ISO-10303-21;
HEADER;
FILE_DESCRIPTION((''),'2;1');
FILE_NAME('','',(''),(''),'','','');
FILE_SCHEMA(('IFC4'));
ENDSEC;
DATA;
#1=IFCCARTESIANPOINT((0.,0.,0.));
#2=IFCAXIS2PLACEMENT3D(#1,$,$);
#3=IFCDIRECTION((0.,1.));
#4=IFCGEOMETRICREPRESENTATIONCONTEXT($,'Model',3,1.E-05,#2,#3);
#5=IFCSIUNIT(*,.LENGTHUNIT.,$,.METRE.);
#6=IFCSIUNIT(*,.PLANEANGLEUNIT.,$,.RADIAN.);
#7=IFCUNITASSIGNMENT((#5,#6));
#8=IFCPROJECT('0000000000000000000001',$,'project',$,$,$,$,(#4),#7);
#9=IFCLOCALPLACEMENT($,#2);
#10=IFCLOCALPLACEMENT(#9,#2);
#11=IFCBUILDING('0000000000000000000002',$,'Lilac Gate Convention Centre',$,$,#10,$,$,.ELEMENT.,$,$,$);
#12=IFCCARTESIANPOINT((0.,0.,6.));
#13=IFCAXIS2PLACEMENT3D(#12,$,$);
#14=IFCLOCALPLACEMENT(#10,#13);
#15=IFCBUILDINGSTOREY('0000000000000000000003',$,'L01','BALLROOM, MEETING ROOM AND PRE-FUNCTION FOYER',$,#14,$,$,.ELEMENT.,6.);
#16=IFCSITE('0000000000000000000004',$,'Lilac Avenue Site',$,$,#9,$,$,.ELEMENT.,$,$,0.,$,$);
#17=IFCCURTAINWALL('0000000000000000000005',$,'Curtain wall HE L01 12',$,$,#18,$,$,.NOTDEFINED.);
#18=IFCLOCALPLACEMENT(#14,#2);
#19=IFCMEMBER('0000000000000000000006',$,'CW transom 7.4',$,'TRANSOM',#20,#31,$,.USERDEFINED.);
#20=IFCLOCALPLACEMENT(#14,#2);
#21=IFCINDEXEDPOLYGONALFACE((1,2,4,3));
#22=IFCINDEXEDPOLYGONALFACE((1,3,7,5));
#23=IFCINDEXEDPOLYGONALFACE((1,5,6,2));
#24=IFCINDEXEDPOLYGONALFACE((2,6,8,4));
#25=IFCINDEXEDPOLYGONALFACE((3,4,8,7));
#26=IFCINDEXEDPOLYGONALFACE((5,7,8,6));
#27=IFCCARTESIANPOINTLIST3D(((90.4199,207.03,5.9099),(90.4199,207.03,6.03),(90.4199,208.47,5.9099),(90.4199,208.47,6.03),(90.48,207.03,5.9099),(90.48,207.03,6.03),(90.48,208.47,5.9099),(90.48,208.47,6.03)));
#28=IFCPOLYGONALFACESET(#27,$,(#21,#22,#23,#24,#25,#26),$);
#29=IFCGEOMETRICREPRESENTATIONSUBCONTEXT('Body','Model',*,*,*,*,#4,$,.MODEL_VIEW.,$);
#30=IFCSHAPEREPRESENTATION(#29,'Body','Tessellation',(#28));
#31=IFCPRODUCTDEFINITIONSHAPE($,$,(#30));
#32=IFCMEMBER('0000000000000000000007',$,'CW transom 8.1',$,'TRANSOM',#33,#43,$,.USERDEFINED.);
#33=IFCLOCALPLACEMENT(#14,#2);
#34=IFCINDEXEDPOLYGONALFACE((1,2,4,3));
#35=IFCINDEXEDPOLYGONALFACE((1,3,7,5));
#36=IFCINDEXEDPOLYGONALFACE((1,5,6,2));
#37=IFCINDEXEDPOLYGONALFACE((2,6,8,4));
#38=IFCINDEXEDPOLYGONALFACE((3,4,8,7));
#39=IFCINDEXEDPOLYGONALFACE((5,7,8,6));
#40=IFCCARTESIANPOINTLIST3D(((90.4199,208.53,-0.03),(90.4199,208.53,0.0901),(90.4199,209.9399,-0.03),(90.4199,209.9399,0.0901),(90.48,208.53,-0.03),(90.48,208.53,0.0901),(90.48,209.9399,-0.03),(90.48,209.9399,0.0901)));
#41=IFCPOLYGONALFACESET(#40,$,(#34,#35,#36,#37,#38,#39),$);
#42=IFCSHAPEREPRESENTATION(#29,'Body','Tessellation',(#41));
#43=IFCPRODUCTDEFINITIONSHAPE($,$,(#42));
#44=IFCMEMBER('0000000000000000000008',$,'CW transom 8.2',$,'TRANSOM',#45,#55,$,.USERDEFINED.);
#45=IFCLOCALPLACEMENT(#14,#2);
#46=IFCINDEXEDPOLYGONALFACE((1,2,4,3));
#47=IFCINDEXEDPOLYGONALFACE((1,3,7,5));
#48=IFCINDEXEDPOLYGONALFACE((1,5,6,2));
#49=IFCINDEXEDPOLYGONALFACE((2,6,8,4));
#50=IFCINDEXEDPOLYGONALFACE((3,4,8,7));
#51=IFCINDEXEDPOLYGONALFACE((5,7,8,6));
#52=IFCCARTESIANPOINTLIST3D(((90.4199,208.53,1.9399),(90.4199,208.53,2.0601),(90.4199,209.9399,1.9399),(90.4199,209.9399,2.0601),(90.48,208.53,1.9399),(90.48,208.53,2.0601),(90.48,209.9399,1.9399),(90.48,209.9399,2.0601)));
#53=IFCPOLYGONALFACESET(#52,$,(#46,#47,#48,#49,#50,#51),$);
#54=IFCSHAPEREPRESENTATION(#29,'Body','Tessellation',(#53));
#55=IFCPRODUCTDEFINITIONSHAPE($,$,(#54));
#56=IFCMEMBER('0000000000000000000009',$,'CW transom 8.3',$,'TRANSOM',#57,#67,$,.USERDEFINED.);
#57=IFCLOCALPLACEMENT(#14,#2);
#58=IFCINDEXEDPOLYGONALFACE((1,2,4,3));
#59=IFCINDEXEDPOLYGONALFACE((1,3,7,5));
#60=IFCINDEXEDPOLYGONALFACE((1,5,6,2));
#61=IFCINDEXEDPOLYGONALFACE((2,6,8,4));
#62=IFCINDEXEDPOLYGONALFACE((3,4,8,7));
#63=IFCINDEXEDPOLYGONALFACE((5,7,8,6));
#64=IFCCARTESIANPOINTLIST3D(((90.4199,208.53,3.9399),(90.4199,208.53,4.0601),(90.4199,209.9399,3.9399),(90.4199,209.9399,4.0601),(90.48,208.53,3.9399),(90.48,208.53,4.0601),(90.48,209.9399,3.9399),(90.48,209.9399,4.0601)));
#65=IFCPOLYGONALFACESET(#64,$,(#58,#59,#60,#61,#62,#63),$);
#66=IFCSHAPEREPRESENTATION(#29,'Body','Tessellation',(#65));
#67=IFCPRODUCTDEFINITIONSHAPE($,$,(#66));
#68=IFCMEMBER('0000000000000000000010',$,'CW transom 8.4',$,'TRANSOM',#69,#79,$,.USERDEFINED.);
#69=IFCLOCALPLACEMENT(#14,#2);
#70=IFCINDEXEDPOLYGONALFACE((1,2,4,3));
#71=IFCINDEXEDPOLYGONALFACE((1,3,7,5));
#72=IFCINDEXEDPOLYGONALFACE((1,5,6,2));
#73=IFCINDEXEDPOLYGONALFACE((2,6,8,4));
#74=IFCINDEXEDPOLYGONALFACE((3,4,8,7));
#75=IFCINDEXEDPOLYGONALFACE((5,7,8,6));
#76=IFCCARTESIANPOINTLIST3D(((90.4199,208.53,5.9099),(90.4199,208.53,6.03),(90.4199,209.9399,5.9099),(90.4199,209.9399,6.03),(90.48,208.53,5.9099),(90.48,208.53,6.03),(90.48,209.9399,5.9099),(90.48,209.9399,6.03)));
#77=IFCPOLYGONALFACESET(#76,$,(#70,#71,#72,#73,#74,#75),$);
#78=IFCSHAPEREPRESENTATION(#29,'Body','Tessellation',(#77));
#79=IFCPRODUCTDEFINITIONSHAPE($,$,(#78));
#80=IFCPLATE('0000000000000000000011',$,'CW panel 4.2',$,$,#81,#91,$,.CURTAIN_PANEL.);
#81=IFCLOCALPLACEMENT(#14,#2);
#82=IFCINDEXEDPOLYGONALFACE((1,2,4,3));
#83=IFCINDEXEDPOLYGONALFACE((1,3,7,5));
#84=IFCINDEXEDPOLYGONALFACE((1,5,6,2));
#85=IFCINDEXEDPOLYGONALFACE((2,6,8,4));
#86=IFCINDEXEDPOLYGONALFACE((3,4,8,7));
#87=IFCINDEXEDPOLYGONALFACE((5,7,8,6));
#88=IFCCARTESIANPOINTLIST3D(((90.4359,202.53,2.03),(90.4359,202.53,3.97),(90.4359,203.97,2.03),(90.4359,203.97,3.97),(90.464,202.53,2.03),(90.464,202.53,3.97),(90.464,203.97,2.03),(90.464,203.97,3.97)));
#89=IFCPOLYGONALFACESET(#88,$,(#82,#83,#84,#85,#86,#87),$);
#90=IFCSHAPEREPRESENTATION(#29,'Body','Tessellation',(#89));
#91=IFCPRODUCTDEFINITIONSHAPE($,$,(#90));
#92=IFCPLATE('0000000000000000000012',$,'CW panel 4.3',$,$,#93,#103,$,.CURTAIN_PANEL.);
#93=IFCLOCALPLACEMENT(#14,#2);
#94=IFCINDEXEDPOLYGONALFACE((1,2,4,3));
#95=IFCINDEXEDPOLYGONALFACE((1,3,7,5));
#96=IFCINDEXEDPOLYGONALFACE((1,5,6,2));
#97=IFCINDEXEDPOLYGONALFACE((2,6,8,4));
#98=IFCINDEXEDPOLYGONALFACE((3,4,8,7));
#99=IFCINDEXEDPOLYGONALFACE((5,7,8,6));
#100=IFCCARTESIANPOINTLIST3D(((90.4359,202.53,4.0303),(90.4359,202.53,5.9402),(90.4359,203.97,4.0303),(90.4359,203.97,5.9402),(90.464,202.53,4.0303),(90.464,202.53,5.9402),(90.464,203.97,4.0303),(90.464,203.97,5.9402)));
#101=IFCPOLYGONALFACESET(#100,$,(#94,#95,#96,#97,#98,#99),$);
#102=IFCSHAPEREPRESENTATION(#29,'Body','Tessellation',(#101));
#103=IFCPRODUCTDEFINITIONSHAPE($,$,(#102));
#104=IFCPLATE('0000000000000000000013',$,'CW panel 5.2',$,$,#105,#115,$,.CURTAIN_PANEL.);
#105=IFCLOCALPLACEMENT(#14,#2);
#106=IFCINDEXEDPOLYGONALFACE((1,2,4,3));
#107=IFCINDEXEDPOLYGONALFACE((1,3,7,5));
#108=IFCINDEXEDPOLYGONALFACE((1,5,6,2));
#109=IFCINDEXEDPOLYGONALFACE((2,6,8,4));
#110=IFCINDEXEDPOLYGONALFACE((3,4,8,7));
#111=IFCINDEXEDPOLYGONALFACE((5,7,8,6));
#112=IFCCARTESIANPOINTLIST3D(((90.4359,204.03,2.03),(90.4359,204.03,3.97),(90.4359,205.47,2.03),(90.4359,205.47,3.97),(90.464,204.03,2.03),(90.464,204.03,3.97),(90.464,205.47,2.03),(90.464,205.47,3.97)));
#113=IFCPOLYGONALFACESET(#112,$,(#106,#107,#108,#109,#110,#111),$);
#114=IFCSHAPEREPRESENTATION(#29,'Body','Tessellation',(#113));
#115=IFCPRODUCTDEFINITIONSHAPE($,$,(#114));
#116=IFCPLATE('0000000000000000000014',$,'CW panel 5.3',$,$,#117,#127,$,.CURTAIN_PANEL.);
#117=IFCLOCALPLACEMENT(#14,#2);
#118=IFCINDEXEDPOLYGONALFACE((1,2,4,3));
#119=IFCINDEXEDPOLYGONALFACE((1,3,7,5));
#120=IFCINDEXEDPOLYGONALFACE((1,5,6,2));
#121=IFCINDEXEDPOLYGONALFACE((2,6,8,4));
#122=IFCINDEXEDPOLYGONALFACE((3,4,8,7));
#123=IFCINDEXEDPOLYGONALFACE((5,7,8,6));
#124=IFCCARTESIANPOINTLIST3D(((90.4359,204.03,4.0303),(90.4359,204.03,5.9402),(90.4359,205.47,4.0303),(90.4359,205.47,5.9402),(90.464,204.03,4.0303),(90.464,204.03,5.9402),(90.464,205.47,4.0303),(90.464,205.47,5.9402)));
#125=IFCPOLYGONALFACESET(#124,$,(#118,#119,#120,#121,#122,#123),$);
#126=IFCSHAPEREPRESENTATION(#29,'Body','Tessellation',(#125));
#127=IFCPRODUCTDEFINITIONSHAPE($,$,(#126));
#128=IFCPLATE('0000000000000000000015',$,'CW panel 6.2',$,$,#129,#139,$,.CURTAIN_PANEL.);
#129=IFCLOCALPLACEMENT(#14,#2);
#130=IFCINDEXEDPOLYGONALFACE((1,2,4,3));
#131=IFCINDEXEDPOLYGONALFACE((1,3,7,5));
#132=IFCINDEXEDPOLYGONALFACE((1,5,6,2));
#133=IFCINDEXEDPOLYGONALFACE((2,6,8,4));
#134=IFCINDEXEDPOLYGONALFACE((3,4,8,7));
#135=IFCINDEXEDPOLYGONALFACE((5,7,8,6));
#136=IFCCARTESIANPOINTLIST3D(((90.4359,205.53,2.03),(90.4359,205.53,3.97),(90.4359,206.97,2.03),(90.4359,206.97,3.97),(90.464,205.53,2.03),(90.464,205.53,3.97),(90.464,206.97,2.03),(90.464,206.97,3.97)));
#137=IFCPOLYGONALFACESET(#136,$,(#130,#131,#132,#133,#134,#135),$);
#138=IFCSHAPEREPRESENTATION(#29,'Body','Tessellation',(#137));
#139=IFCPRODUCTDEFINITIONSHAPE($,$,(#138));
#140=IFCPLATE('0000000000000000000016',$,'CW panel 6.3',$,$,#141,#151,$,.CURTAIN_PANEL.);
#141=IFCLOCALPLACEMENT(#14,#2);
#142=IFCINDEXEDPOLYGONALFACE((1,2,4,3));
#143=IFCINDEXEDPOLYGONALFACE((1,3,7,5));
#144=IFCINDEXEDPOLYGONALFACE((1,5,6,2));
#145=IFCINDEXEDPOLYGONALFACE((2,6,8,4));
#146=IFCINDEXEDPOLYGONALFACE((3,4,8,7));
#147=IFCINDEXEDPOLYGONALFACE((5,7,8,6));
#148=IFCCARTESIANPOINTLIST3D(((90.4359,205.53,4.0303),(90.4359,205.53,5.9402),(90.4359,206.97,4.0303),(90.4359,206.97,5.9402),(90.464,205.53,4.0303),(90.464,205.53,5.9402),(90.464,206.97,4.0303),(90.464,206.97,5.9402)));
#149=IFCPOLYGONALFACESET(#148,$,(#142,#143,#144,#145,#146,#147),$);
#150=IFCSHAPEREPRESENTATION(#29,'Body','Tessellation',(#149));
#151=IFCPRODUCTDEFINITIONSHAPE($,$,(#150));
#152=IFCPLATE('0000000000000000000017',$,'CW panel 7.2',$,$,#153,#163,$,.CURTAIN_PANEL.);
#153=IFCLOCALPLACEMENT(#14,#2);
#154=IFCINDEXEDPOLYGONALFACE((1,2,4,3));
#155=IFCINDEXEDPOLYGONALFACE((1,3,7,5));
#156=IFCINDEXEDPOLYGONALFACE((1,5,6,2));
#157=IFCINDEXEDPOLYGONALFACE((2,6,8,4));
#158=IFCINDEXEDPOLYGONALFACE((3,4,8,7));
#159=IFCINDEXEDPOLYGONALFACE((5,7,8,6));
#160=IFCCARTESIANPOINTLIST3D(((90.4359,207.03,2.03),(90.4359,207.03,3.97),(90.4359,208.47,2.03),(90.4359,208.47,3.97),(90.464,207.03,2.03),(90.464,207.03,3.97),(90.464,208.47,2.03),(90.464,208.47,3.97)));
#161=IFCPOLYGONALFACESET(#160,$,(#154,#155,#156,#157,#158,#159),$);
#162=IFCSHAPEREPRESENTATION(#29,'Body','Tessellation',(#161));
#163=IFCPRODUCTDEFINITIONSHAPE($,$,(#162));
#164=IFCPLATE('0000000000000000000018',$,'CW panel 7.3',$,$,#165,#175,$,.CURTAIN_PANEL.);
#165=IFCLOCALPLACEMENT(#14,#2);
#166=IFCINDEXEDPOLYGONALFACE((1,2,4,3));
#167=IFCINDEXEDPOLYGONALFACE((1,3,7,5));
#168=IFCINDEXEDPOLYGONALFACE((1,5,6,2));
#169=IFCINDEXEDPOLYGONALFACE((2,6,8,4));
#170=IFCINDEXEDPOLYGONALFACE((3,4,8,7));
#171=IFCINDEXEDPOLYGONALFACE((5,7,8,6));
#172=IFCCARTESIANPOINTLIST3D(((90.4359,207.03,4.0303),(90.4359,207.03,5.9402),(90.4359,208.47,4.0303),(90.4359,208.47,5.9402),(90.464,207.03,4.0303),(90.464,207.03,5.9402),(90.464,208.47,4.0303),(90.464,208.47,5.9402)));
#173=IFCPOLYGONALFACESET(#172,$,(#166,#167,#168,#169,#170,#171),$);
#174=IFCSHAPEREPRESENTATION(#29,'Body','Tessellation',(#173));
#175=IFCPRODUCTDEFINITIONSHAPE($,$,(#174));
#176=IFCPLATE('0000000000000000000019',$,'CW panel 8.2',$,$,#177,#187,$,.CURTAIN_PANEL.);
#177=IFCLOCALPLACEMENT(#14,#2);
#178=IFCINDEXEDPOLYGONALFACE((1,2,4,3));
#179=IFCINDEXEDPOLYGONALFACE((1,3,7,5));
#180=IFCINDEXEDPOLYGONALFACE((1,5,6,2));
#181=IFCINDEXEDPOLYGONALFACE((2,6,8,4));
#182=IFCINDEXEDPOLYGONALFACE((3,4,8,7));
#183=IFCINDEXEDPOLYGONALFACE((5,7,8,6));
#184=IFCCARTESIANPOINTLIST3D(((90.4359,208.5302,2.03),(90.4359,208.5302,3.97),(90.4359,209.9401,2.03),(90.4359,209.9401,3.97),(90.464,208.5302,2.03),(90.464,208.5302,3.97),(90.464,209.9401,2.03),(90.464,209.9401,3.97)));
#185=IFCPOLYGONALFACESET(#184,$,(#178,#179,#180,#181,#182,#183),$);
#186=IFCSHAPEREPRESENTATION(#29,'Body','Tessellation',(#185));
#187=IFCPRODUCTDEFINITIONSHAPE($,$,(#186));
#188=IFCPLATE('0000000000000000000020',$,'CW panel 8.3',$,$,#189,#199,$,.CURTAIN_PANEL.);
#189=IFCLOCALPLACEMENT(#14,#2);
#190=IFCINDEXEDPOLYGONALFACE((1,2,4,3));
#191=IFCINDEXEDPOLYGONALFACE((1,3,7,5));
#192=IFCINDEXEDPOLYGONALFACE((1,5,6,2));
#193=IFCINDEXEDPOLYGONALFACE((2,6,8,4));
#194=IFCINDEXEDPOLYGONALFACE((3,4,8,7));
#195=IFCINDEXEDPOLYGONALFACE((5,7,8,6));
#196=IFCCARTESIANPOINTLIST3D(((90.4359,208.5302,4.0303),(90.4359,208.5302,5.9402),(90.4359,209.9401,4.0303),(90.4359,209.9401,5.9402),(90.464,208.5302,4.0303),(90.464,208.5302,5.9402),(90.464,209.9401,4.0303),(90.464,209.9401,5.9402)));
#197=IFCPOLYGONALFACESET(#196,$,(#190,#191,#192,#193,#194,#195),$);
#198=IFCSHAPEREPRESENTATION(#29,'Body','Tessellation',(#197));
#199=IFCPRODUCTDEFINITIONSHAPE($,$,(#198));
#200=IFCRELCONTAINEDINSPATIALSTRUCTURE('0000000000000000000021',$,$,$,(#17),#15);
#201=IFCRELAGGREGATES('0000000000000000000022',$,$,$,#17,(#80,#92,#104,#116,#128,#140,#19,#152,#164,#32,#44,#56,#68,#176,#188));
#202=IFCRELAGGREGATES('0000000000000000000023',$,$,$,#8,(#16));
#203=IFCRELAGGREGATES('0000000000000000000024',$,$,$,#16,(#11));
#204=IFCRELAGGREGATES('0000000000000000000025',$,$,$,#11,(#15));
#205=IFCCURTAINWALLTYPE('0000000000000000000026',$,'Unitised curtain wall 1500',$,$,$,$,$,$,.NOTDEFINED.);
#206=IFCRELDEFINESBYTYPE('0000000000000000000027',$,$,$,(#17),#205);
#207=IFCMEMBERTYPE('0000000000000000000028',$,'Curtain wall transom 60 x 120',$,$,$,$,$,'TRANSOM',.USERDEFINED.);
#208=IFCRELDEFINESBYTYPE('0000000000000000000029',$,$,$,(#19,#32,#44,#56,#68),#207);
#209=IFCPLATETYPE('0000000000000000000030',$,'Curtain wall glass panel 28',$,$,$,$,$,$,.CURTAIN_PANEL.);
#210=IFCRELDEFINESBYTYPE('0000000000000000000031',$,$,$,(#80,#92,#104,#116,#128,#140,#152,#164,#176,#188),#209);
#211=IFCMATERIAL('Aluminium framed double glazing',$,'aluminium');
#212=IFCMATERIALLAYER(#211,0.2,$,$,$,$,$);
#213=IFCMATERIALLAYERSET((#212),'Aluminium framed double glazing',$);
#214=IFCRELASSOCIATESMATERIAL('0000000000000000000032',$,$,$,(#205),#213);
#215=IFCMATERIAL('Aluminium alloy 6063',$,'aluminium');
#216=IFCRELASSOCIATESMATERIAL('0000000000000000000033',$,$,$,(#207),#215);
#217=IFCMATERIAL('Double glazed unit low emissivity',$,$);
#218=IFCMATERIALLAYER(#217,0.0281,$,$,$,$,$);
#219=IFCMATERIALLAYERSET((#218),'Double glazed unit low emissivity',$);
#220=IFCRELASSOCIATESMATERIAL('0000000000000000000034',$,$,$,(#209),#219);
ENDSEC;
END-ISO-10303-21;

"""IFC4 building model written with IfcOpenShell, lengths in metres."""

from ifc_helpers import new_model, si_unit, direction, frame, origin, origin_2d, place, context, subcontext, project, spatial, rectangle, extrude, material, layer, layer_set, material_profile, profile_set, type_object, element, aggregate, save


model = new_model("IFC4")

# Units and contexts
model_context = context("Model", 3, precision=1e-05, world=origin(), true_north=direction((0.0, 1.0)))
body_context = subcontext(model_context, "Body", "Model", "MODEL_VIEW")
ifc_project = project(units=[si_unit("LENGTHUNIT", "METRE"), si_unit("PLANEANGLEUNIT", "RADIAN")], contexts=[model_context])

# Site, building, storey
site_placement = place(None, origin())
site = spatial("IfcSite", under=ifc_project, at=site_placement, Name="Lilac Avenue Site", CompositionType="ELEMENT", RefElevation=0.0)
building_placement = place(site_placement, origin())
building = spatial("IfcBuilding", under=site, at=building_placement, Name="Lilac Gate Convention Centre", CompositionType="ELEMENT")
storey_placement = place(building_placement, frame((0.0, 0.0, 6.0)))
storey = spatial("IfcBuildingStorey", under=building, at=storey_placement, Name="L01", Description="BALLROOM, MEETING ROOM AND PRE-FUNCTION FOYER", CompositionType="ELEMENT", Elevation=6.0)

# Curtain wall, members, plates
ifc_material_1 = material(Name="Aluminium framed double glazing", Category="aluminium")
ifc_layer_1 = layer(ifc_material_1, 0.2)
ifc_layer_set_1 = layer_set([ifc_layer_1], Name="Aluminium framed double glazing")
curtain_wall_type = type_object("IfcCurtainWallType", Name="Unitised curtain wall 1500", PredefinedType="NOTDEFINED", material=ifc_layer_set_1)
curtain_wall_placement = place(storey_placement, origin())
curtain_wall = element("IfcCurtainWall", 1, at=curtain_wall_placement, inside=storey, type_object=curtain_wall_type, Name="Curtain wall HE L01 12", PredefinedType="NOTDEFINED")
ifc_material_2 = material(Name="Aluminium alloy 6063", Category="aluminium")
ifc_material_profile_1 = material_profile(ifc_material_2, rectangle(XDim=0.0601, YDim=0.1201, at=origin_2d()), Name="Curtain wall transom 60 x 120")
ifc_profile_set_1 = profile_set([ifc_material_profile_1], Name="Aluminium alloy 6063")
member_type_1 = type_object("IfcMemberType", Name="Curtain wall transom 60 x 120", ElementType="TRANSOM", PredefinedType="USERDEFINED", material=ifc_profile_set_1)
member_1_placement = place(storey_placement, frame((90.45, 207.03, 5.97), z_axis=(0.0, 1.0, 0.0), x_axis=(-1.0, 0.0, 0.0)))
member_1 = element("IfcMember", 2, at=member_1_placement, type_object=member_type_1, Name="CW transom 7.4", ObjectType="TRANSOM", PredefinedType="USERDEFINED", context=body_context, shape_type="SweptSolid", body=[
    extrude(rectangle(XDim=0.0601, YDim=0.1201, at=origin_2d()), origin(), (0.0, 0.0, 1.0), 1.4399),
])
member_2_placement = place(storey_placement, frame((90.45, 208.53, 0.03), z_axis=(0.0, 1.0, 0.0), x_axis=(-1.0, 0.0, 0.0)))
member_2 = element("IfcMember", 3, at=member_2_placement, type_object=member_type_1, Name="CW transom 8.1", ObjectType="TRANSOM", PredefinedType="USERDEFINED", context=body_context, shape_type="SweptSolid", body=[
    extrude(rectangle(XDim=0.0601, YDim=0.1201, at=origin_2d()), origin(), (0.0, 0.0, 1.0), 1.4099),
])
member_3_placement = place(storey_placement, frame((90.45, 208.53, 2.0), z_axis=(0.0, 1.0, 0.0), x_axis=(-1.0, 0.0, 0.0)))
member_3 = element("IfcMember", 4, at=member_3_placement, type_object=member_type_1, Name="CW transom 8.2", ObjectType="TRANSOM", PredefinedType="USERDEFINED", context=body_context, shape_type="SweptSolid", body=[
    extrude(rectangle(XDim=0.0601, YDim=0.1201, at=origin_2d()), origin(), (0.0, 0.0, 1.0), 1.4099),
])
member_4_placement = place(storey_placement, frame((90.45, 208.53, 4.0), z_axis=(0.0, 1.0, 0.0), x_axis=(-1.0, 0.0, 0.0)))
member_4 = element("IfcMember", 5, at=member_4_placement, type_object=member_type_1, Name="CW transom 8.3", ObjectType="TRANSOM", PredefinedType="USERDEFINED", context=body_context, shape_type="SweptSolid", body=[
    extrude(rectangle(XDim=0.0601, YDim=0.1201, at=origin_2d()), origin(), (0.0, 0.0, 1.0), 1.4099),
])
member_5_placement = place(storey_placement, frame((90.45, 208.53, 5.97), z_axis=(0.0, 1.0, 0.0), x_axis=(-1.0, 0.0, 0.0)))
member_5 = element("IfcMember", 6, at=member_5_placement, type_object=member_type_1, Name="CW transom 8.4", ObjectType="TRANSOM", PredefinedType="USERDEFINED", context=body_context, shape_type="SweptSolid", body=[
    extrude(rectangle(XDim=0.0601, YDim=0.1201, at=origin_2d()), origin(), (0.0, 0.0, 1.0), 1.4099),
])
ifc_material_3 = material(Name="Double glazed unit low emissivity")
ifc_layer_2 = layer(ifc_material_3, 0.0281)
ifc_layer_set_2 = layer_set([ifc_layer_2], Name="Double glazed unit low emissivity")
plate_type_1 = type_object("IfcPlateType", Name="Curtain wall glass panel 28", PredefinedType="CURTAIN_PANEL", material=ifc_layer_set_2)
plate_1_placement = place(storey_placement, frame((90.45, 203.25, 2.03), z_axis=(0.0, 0.0, 1.0), x_axis=(0.0, 1.0, 0.0)))
plate_1 = element("IfcPlate", 7, at=plate_1_placement, type_object=plate_type_1, Name="CW panel 4.2", PredefinedType="CURTAIN_PANEL", context=body_context, shape_type="SweptSolid", body=[
    extrude(rectangle(XDim=1.4399, YDim=0.0281, at=origin_2d()), origin(), (0.0, 0.0, 1.0), 1.9399),
])
plate_2_placement = place(storey_placement, frame((90.45, 203.25, 4.0303), z_axis=(0.0, 0.0, 1.0), x_axis=(0.0, 1.0, 0.0)))
plate_2 = element("IfcPlate", 8, at=plate_2_placement, type_object=plate_type_1, Name="CW panel 4.3", PredefinedType="CURTAIN_PANEL", context=body_context, shape_type="SweptSolid", body=[
    extrude(rectangle(XDim=1.4399, YDim=0.0281, at=origin_2d()), origin(), (0.0, 0.0, 1.0), 1.9099),
])
plate_3_placement = place(storey_placement, frame((90.45, 204.75, 2.03), z_axis=(0.0, 0.0, 1.0), x_axis=(0.0, 1.0, 0.0)))
plate_3 = element("IfcPlate", 9, at=plate_3_placement, type_object=plate_type_1, Name="CW panel 5.2", PredefinedType="CURTAIN_PANEL", context=body_context, shape_type="SweptSolid", body=[
    extrude(rectangle(XDim=1.4399, YDim=0.0281, at=origin_2d()), origin(), (0.0, 0.0, 1.0), 1.9399),
])
plate_4_placement = place(storey_placement, frame((90.45, 204.75, 4.0303), z_axis=(0.0, 0.0, 1.0), x_axis=(0.0, 1.0, 0.0)))
plate_4 = element("IfcPlate", 10, at=plate_4_placement, type_object=plate_type_1, Name="CW panel 5.3", PredefinedType="CURTAIN_PANEL", context=body_context, shape_type="SweptSolid", body=[
    extrude(rectangle(XDim=1.4399, YDim=0.0281, at=origin_2d()), origin(), (0.0, 0.0, 1.0), 1.9099),
])
plate_5_placement = place(storey_placement, frame((90.45, 206.25, 2.03), z_axis=(0.0, 0.0, 1.0), x_axis=(0.0, 1.0, 0.0)))
plate_5 = element("IfcPlate", 11, at=plate_5_placement, type_object=plate_type_1, Name="CW panel 6.2", PredefinedType="CURTAIN_PANEL", context=body_context, shape_type="SweptSolid", body=[
    extrude(rectangle(XDim=1.4399, YDim=0.0281, at=origin_2d()), origin(), (0.0, 0.0, 1.0), 1.9399),
])
plate_6_placement = place(storey_placement, frame((90.45, 206.25, 4.0303), z_axis=(0.0, 0.0, 1.0), x_axis=(0.0, 1.0, 0.0)))
plate_6 = element("IfcPlate", 12, at=plate_6_placement, type_object=plate_type_1, Name="CW panel 6.3", PredefinedType="CURTAIN_PANEL", context=body_context, shape_type="SweptSolid", body=[
    extrude(rectangle(XDim=1.4399, YDim=0.0281, at=origin_2d()), origin(), (0.0, 0.0, 1.0), 1.9099),
])
plate_7_placement = place(storey_placement, frame((90.45, 207.75, 2.03), z_axis=(0.0, 0.0, 1.0), x_axis=(0.0, 1.0, 0.0)))
plate_7 = element("IfcPlate", 13, at=plate_7_placement, type_object=plate_type_1, Name="CW panel 7.2", PredefinedType="CURTAIN_PANEL", context=body_context, shape_type="SweptSolid", body=[
    extrude(rectangle(XDim=1.4399, YDim=0.0281, at=origin_2d()), origin(), (0.0, 0.0, 1.0), 1.9399),
])
plate_8_placement = place(storey_placement, frame((90.45, 207.75, 4.0303), z_axis=(0.0, 0.0, 1.0), x_axis=(0.0, 1.0, 0.0)))
plate_8 = element("IfcPlate", 14, at=plate_8_placement, type_object=plate_type_1, Name="CW panel 7.3", PredefinedType="CURTAIN_PANEL", context=body_context, shape_type="SweptSolid", body=[
    extrude(rectangle(XDim=1.4399, YDim=0.0281, at=origin_2d()), origin(), (0.0, 0.0, 1.0), 1.9099),
])
plate_9_placement = place(storey_placement, frame((90.45, 209.2351, 2.03), z_axis=(0.0, 0.0, 1.0), x_axis=(0.0, 1.0, 0.0)))
plate_9 = element("IfcPlate", 15, at=plate_9_placement, type_object=plate_type_1, Name="CW panel 8.2", PredefinedType="CURTAIN_PANEL", context=body_context, shape_type="SweptSolid", body=[
    extrude(rectangle(XDim=1.4099, YDim=0.0281, at=origin_2d()), origin(), (0.0, 0.0, 1.0), 1.9399),
])
plate_10_placement = place(storey_placement, frame((90.45, 209.2351, 4.0303), z_axis=(0.0, 0.0, 1.0), x_axis=(0.0, 1.0, 0.0)))
plate_10 = element("IfcPlate", 16, at=plate_10_placement, type_object=plate_type_1, Name="CW panel 8.3", PredefinedType="CURTAIN_PANEL", context=body_context, shape_type="SweptSolid", body=[
    extrude(rectangle(XDim=1.4099, YDim=0.0281, at=origin_2d()), origin(), (0.0, 0.0, 1.0), 1.9099),
])
aggregate(curtain_wall, [plate_1, plate_2, plate_3, plate_4, plate_5, plate_6, member_1, plate_7, plate_8, member_2, member_3, member_4, member_5, plate_9, plate_10])

save(model, "model.ifc")
